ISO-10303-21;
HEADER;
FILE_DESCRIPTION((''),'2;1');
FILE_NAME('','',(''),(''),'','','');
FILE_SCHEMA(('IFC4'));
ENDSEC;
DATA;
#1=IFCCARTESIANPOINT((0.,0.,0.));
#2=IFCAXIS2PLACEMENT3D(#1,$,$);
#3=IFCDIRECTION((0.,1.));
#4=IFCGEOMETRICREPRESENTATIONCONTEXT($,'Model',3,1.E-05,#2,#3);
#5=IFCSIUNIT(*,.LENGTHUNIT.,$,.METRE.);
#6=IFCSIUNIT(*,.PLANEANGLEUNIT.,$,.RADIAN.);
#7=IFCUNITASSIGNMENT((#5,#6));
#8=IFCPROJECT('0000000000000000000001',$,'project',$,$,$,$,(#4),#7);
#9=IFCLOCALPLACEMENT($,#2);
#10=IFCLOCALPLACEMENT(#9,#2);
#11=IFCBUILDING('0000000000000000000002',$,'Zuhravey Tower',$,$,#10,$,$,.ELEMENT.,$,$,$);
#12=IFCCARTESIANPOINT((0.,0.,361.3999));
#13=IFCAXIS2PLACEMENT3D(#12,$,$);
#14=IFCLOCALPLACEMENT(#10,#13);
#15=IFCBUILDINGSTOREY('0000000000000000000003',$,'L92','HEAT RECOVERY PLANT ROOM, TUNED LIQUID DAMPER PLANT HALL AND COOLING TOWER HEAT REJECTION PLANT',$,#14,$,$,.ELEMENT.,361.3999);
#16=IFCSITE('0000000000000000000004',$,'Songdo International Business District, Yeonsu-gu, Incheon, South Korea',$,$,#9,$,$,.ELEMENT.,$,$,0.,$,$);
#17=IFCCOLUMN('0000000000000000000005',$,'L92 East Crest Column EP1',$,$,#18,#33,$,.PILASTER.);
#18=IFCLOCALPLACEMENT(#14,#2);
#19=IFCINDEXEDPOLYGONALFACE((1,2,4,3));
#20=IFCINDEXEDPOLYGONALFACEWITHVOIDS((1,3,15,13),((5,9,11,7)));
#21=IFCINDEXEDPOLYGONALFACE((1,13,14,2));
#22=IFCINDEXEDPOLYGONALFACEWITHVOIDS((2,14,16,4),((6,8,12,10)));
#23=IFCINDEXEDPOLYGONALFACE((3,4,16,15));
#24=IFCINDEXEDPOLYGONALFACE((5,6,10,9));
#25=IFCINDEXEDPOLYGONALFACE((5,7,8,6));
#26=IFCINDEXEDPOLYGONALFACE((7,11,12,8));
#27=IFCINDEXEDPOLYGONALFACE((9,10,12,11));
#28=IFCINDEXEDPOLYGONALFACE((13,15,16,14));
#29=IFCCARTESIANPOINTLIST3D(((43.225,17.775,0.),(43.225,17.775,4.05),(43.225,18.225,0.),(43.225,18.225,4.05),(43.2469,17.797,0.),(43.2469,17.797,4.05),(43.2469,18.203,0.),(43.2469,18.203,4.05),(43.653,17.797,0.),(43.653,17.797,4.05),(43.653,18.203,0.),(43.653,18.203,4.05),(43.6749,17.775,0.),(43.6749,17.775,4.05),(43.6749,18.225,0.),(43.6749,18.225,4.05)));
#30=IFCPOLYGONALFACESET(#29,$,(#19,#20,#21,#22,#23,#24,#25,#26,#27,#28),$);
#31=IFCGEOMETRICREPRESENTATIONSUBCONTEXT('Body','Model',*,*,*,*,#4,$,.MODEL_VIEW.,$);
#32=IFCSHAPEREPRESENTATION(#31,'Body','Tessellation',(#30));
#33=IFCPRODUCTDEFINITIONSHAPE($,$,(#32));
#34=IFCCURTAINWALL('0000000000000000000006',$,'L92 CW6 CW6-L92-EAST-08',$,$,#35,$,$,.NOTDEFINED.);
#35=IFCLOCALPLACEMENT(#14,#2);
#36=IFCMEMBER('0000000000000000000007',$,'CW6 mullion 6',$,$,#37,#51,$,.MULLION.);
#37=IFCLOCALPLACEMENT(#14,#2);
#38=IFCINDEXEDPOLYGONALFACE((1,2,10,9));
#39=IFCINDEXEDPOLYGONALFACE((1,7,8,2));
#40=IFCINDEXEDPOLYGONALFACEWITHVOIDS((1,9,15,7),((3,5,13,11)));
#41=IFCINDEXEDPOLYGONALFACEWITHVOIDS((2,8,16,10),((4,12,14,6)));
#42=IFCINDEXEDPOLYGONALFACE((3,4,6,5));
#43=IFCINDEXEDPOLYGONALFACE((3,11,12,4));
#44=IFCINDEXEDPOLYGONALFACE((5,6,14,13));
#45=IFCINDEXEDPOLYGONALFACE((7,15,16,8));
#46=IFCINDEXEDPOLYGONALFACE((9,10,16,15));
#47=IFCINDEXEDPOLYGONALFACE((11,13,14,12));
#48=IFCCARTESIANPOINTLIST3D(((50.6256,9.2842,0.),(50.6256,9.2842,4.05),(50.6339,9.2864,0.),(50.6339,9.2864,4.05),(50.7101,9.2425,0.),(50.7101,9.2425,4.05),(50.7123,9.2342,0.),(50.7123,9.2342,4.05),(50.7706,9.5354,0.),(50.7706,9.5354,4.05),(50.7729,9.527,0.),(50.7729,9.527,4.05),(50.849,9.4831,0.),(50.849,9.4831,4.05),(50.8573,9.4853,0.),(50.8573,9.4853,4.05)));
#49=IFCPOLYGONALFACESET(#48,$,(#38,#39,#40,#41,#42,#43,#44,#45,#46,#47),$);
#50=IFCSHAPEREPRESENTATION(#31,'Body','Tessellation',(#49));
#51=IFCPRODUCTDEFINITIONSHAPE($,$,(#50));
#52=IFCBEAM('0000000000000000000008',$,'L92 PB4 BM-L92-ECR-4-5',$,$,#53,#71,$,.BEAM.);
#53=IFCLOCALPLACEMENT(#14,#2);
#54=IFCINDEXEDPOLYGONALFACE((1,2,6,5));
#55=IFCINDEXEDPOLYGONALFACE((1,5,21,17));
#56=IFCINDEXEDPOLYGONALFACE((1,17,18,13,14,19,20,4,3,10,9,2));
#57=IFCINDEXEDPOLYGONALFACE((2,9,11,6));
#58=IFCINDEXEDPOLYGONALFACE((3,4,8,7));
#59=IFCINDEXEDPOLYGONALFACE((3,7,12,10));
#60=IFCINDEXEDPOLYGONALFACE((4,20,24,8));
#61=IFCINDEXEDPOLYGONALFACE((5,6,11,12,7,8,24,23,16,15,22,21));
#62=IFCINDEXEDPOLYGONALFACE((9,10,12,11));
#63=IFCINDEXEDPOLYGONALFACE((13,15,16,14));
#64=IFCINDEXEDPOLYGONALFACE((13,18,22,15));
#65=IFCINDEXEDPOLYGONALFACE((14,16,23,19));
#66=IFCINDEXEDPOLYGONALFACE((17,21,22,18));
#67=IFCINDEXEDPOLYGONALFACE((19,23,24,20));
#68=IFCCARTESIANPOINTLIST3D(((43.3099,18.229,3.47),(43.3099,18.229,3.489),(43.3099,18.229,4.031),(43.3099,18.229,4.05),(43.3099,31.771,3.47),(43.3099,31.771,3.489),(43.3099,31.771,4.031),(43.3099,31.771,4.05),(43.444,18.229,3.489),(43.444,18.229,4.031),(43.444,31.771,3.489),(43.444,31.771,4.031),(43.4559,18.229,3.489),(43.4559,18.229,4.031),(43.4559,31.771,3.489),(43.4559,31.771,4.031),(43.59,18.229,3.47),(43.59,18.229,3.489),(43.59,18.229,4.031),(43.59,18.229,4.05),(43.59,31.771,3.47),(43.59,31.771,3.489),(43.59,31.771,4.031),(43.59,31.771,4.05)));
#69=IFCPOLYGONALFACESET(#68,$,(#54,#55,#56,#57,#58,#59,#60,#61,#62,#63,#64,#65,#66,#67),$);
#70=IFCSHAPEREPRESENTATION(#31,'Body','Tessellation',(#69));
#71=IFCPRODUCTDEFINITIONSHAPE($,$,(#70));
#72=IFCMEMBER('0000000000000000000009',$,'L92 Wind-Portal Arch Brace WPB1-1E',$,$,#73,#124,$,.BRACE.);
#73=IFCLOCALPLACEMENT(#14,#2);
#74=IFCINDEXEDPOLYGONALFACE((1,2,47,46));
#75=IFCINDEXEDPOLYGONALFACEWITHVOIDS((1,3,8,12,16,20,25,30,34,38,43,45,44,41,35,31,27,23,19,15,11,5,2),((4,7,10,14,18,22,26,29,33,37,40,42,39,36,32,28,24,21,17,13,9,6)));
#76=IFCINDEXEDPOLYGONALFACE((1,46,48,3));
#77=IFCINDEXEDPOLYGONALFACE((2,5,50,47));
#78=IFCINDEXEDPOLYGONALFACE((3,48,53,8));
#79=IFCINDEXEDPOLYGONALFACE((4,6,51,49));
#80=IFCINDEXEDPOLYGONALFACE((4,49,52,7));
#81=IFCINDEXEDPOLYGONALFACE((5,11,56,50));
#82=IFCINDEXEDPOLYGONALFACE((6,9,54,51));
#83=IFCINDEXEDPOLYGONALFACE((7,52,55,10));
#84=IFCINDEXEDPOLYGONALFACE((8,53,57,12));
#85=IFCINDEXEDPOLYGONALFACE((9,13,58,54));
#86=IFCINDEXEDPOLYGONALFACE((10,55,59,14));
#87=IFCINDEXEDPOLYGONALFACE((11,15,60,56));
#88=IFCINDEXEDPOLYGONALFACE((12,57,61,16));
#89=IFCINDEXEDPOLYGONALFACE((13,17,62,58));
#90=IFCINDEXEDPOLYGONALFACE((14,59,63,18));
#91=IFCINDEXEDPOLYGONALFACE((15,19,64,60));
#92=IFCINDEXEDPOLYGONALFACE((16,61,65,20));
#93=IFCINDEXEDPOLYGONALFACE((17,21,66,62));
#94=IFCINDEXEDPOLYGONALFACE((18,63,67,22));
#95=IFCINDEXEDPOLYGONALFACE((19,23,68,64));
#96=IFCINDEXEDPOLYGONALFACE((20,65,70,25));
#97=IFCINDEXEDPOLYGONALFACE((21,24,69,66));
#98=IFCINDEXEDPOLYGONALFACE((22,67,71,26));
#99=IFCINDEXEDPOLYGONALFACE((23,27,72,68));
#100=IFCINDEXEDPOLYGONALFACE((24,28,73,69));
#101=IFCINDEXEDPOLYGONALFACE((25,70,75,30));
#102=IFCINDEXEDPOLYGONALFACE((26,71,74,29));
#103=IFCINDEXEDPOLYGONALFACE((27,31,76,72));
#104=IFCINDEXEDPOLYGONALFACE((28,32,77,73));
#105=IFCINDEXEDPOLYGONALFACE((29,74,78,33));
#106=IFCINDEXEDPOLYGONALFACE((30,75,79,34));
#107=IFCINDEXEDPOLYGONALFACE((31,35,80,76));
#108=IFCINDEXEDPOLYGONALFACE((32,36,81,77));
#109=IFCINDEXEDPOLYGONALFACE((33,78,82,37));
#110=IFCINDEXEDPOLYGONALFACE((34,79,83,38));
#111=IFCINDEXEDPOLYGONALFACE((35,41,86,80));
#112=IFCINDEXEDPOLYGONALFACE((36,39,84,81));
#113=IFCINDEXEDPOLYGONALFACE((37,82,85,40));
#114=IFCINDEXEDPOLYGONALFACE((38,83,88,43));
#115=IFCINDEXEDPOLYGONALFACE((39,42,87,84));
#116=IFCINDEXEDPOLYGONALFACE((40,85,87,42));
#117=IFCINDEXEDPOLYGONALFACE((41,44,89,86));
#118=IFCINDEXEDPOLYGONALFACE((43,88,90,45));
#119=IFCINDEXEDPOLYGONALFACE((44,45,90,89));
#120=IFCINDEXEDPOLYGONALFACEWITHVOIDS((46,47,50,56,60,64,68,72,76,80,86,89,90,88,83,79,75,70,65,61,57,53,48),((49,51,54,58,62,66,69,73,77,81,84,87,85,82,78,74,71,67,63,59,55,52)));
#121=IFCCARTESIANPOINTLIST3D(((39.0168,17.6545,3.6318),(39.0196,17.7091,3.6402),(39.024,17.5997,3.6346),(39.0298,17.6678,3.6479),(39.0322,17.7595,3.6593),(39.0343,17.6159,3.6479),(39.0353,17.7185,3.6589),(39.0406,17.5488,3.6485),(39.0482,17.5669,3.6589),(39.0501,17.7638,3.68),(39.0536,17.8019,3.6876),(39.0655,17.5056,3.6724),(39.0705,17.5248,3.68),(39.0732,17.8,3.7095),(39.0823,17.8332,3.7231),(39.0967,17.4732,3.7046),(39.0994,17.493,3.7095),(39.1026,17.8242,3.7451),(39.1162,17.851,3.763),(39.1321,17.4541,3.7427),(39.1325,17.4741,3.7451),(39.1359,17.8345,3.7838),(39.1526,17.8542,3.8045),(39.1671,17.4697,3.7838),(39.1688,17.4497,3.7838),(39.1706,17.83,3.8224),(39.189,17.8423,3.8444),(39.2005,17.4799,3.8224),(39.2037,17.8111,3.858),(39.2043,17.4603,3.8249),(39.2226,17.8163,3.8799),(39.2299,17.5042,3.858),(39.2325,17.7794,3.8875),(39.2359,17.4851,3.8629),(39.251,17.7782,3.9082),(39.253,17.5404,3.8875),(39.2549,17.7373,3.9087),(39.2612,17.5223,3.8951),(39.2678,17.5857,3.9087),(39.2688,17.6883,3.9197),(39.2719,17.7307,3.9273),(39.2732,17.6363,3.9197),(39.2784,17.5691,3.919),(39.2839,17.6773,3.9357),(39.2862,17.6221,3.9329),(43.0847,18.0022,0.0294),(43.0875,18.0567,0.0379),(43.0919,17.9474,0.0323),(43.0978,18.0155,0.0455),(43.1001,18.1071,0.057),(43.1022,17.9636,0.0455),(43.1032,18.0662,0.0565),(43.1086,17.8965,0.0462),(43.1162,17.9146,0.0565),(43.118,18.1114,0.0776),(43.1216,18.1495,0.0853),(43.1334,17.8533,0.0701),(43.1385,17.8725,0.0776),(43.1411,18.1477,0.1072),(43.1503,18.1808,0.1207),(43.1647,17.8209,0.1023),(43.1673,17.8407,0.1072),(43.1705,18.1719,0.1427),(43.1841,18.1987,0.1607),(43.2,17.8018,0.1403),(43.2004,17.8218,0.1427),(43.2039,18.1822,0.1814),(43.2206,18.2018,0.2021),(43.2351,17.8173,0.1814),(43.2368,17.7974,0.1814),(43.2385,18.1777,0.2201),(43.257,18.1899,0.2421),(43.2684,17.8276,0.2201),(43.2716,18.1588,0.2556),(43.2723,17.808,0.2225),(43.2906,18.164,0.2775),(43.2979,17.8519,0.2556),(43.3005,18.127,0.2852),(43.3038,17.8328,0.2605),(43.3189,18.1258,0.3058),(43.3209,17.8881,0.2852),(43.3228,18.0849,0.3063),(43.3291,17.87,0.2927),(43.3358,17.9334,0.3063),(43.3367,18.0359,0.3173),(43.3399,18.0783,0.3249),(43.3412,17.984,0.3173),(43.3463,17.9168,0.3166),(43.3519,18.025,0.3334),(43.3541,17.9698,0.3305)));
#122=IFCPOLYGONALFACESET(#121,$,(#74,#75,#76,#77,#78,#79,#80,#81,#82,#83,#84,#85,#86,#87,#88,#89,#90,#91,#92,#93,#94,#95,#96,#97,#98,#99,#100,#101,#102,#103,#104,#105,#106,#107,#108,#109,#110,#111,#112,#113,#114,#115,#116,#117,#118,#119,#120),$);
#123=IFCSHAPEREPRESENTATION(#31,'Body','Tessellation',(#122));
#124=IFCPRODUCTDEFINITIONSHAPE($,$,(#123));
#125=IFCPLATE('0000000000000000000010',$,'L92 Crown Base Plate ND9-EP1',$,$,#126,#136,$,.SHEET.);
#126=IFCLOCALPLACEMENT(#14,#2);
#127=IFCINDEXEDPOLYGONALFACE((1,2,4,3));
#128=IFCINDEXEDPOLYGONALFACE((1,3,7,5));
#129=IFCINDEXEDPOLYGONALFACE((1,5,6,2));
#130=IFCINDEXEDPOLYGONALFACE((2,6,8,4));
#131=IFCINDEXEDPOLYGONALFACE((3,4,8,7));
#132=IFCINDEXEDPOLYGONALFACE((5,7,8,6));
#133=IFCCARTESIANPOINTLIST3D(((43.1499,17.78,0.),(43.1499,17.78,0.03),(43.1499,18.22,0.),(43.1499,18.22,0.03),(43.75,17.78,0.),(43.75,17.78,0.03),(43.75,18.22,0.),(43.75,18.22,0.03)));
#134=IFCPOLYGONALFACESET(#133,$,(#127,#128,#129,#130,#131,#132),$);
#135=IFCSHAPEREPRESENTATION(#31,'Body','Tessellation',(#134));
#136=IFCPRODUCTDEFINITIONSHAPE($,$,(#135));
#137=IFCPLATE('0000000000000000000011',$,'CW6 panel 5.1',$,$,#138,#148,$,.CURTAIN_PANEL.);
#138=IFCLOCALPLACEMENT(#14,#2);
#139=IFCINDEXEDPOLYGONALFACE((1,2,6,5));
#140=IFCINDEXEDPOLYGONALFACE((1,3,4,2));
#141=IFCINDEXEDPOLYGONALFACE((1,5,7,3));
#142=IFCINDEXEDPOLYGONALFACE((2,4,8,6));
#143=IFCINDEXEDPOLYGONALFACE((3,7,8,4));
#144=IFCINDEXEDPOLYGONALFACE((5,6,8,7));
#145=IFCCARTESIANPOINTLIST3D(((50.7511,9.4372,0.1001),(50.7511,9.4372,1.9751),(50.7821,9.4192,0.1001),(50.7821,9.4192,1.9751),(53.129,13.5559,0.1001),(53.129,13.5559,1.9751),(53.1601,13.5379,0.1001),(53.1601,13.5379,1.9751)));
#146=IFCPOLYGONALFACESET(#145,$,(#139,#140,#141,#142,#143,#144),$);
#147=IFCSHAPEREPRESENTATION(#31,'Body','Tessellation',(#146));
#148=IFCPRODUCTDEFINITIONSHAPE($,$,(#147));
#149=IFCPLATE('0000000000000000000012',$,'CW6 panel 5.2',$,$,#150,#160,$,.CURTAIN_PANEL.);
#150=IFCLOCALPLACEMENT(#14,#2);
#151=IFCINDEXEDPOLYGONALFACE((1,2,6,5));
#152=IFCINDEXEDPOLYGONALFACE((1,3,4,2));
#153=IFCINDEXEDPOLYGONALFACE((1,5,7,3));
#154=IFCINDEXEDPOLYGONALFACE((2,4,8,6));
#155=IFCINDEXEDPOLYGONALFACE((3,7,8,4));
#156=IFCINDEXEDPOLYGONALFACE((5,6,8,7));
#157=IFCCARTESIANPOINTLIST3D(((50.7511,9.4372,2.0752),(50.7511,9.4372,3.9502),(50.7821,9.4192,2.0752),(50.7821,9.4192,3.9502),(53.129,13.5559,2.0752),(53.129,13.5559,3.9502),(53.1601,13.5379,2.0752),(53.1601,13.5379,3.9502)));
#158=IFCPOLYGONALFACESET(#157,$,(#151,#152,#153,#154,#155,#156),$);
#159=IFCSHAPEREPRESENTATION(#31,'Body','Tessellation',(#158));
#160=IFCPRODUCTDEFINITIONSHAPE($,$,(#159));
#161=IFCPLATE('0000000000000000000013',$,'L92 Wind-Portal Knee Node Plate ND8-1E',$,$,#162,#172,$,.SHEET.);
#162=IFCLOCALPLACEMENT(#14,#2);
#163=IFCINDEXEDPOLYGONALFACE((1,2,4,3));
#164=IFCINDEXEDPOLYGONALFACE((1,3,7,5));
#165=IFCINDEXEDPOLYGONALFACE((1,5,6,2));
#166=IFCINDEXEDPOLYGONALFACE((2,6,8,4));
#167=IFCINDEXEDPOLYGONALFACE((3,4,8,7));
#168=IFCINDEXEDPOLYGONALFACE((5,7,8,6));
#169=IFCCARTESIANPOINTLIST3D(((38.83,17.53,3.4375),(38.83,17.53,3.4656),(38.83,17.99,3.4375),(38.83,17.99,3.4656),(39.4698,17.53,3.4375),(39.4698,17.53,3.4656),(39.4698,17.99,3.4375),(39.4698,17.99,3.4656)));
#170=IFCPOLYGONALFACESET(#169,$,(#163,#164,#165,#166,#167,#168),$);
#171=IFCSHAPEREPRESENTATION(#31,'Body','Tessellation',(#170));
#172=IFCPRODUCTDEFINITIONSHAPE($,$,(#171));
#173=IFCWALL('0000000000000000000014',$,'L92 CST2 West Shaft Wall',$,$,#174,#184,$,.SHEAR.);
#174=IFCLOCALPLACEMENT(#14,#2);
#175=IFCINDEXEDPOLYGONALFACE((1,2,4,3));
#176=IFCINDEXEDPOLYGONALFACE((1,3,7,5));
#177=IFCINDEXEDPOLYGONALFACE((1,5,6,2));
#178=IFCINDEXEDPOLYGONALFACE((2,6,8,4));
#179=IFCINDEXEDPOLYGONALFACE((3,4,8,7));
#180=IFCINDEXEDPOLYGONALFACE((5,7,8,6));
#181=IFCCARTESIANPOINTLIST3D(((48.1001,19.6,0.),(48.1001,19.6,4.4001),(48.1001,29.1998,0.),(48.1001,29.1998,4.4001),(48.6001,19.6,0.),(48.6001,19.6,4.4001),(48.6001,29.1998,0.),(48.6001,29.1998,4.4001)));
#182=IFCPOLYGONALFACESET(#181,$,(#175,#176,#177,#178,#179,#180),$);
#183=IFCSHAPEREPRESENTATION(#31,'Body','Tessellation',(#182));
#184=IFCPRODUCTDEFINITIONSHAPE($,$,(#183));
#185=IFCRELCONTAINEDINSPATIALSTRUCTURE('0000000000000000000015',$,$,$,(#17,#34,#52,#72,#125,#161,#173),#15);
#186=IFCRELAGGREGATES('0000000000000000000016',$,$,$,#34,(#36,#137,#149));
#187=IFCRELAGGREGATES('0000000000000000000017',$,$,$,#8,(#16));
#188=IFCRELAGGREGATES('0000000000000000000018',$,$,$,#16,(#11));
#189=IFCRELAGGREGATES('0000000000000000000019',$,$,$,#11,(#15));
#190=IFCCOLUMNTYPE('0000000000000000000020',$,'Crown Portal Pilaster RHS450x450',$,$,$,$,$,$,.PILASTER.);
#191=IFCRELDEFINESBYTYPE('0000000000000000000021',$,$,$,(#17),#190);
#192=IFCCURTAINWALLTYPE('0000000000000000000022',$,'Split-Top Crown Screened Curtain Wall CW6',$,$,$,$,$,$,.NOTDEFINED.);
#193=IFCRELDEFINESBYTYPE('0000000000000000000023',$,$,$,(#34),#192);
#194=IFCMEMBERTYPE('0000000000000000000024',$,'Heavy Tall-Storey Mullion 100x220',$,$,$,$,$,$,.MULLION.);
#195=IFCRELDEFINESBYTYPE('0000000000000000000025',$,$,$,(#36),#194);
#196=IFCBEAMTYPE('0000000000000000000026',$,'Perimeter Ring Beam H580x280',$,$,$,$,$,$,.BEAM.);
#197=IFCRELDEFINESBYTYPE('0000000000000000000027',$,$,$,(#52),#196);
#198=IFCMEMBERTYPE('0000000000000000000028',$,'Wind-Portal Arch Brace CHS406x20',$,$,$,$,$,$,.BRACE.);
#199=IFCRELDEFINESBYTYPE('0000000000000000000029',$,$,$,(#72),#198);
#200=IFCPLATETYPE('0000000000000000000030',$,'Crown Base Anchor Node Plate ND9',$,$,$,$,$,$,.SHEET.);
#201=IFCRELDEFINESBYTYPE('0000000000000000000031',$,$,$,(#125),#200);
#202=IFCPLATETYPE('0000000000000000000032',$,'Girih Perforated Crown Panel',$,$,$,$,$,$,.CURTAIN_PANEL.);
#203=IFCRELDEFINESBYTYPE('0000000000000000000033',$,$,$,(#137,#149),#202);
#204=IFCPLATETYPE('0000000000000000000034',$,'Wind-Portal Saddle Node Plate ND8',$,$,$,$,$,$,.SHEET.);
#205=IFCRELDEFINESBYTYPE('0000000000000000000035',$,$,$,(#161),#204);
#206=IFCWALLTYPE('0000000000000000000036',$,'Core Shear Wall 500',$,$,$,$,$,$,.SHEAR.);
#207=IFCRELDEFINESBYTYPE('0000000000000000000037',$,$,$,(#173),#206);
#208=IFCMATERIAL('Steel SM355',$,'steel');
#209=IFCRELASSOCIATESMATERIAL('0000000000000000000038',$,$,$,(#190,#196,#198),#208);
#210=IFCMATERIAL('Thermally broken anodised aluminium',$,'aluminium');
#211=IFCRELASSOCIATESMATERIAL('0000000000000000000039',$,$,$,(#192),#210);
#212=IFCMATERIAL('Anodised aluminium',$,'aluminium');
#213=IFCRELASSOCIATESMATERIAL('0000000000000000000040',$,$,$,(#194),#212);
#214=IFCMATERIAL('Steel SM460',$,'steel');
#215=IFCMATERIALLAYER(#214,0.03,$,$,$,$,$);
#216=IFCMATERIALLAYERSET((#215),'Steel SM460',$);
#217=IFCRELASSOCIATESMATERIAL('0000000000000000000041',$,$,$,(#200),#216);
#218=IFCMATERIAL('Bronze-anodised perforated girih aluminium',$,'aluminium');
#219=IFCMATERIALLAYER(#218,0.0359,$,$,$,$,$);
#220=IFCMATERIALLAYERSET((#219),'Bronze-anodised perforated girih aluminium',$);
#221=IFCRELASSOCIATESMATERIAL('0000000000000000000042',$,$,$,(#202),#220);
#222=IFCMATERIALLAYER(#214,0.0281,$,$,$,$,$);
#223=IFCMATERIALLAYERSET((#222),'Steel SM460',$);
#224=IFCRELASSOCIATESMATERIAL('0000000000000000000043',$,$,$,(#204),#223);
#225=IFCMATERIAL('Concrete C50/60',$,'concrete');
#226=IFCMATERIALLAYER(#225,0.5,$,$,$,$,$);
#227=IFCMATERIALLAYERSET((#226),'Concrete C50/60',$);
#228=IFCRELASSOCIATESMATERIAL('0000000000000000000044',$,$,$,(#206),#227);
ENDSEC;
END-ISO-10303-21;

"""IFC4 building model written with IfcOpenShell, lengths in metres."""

from ifc_helpers import new_model, si_unit, direction, frame, frame_2d, origin, origin_2d, place, context, subcontext, project, spatial, rectangle, hollow_rectangle, hollow_circle, i_section, extrude, material, layer, layer_set, material_profile, profile_set, type_object, element, aggregate, save


model = new_model("IFC4")

# Units and contexts
model_context = context("Model", 3, precision=1e-05, world=origin(), true_north=direction((0.0, 1.0)))
body_context = subcontext(model_context, "Body", "Model", "MODEL_VIEW")
ifc_project = project(units=[si_unit("LENGTHUNIT", "METRE"), si_unit("PLANEANGLEUNIT", "RADIAN")], contexts=[model_context])

# Site, building, storey
site_placement = place(None, origin())
site = spatial("IfcSite", under=ifc_project, at=site_placement, Name="Songdo International Business District, Yeonsu-gu, Incheon, South Korea", CompositionType="ELEMENT", RefElevation=0.0)
building_placement = place(site_placement, origin())
building = spatial("IfcBuilding", under=site, at=building_placement, Name="Zuhravey Tower", CompositionType="ELEMENT")
storey_placement = place(building_placement, frame((0.0, 0.0, 361.3999)))
storey = spatial("IfcBuildingStorey", under=building, at=storey_placement, Name="L92", Description="HEAT RECOVERY PLANT ROOM, TUNED LIQUID DAMPER PLANT HALL AND COOLING TOWER HEAT REJECTION PLANT", CompositionType="ELEMENT", Elevation=361.3999)

# Column
ifc_material_1 = material(Name="Steel SM355", Category="steel")
ifc_material_profile_1 = material_profile(ifc_material_1, hollow_rectangle(XDim=0.45, YDim=0.45, WallThickness=0.022, at=origin_2d()), Name="RHS-450x450x22")
ifc_profile_set_1 = profile_set([ifc_material_profile_1], Name="Steel SM355")
column_type = type_object("IfcColumnType", Name="Crown Portal Pilaster RHS450x450", PredefinedType="PILASTER", material=ifc_profile_set_1)
column_placement = place(storey_placement, frame((43.45, 18.0, 0.0), z_axis=(0.0, 0.0, 1.0), x_axis=(1.0, 0.0, 0.0)))
element("IfcColumn", 1, at=column_placement, inside=storey, type_object=column_type, Name="L92 East Crest Column EP1", PredefinedType="PILASTER", context=body_context, shape_type="SweptSolid", body=[
    extrude(hollow_rectangle(XDim=0.45, YDim=0.45, WallThickness=0.022, at=origin_2d()), origin(), (0.0, 0.0, 1.0), 4.05),
])

# Curtain wall, member
ifc_material_2 = material(Name="Thermally broken anodised aluminium", Category="aluminium")
curtain_wall_type = type_object("IfcCurtainWallType", Name="Split-Top Crown Screened Curtain Wall CW6", PredefinedType="NOTDEFINED", material=ifc_material_2)
curtain_wall_placement = place(storey_placement, origin())
curtain_wall = element("IfcCurtainWall", 2, at=curtain_wall_placement, inside=storey, type_object=curtain_wall_type, Name="L92 CW6 CW6-L92-EAST-08", PredefinedType="NOTDEFINED")
ifc_material_3 = material(Name="Anodised aluminium", Category="aluminium")
ifc_material_profile_2 = material_profile(ifc_material_3, hollow_rectangle(XDim=0.1001, YDim=0.29, WallThickness=0.0061, at=origin_2d()), Name="ALU-RHS-100x290x6")
ifc_profile_set_2 = profile_set([ifc_material_profile_2], Name="Anodised aluminium")
member_type_1 = type_object("IfcMemberType", Name="Heavy Tall-Storey Mullion 100x220", PredefinedType="MULLION", material=ifc_profile_set_2)
member_1_placement = place(storey_placement, frame((50.7415, 9.3848, 0.0), z_axis=(0.0, 0.0, 1.0), x_axis=(0.866027, -0.499997, 0.0)))
member_1 = element("IfcMember", 3, at=member_1_placement, type_object=member_type_1, Name="CW6 mullion 6", PredefinedType="MULLION", context=body_context, shape_type="SweptSolid", body=[
    extrude(hollow_rectangle(XDim=0.1001, YDim=0.29, WallThickness=0.0061, at=origin_2d()), origin(), (0.0, 0.0, 1.0), 4.05),
])

# Beam
ifc_material_profile_3 = material_profile(ifc_material_1, i_section(OverallWidth=0.28, OverallDepth=0.5801, WebThickness=0.012, FlangeThickness=0.019, at=origin_2d()), Name="H-580x280x12x19")
ifc_profile_set_3 = profile_set([ifc_material_profile_3], Name="Steel SM355")
beam_type = type_object("IfcBeamType", Name="Perimeter Ring Beam H580x280", PredefinedType="BEAM", material=ifc_profile_set_3)
beam_placement = place(storey_placement, frame((43.45, 18.229, 3.76), z_axis=(0.0, 1.0, 0.0), x_axis=(-1.0, 0.0, 0.0)))
element("IfcBeam", 4, at=beam_placement, inside=storey, type_object=beam_type, Name="L92 PB4 BM-L92-ECR-4-5", PredefinedType="BEAM", context=body_context, shape_type="SweptSolid", body=[
    extrude(i_section(OverallWidth=0.28, OverallDepth=0.5801, WebThickness=0.012, FlangeThickness=0.019, at=origin_2d()), origin(), (0.0, 0.0, 1.0), 13.542),
])

# Member
ifc_material_profile_4 = material_profile(ifc_material_1, hollow_circle(Radius=0.2031, WallThickness=0.02, at=origin_2d()), Name="CHS-406.4x20")
ifc_profile_set_4 = profile_set([ifc_material_profile_4], Name="Steel SM355")
member_type_2 = type_object("IfcMemberType", Name="Wind-Portal Arch Brace CHS406x20", PredefinedType="BRACE", material=ifc_profile_set_4)
member_2_placement = place(storey_placement, frame((43.2195, 17.9998, 0.1814), z_axis=(-0.747122, -0.063852, 0.661613), x_axis=(0.085154, -0.996368, 0.0)))
element("IfcMember", 5, at=member_2_placement, inside=storey, type_object=member_type_2, Name="L92 Wind-Portal Arch Brace WPB1-1E", PredefinedType="BRACE", context=body_context, shape_type="SweptSolid", body=[
    extrude(hollow_circle(Radius=0.2031, WallThickness=0.02, at=origin_2d()), origin(), (0.0, 0.0, 1.0), 5.4448),
])

# Plates
ifc_material_4 = material(Name="Steel SM460", Category="steel")
ifc_layer_1 = layer(ifc_material_4, 0.03)
ifc_layer_set_1 = layer_set([ifc_layer_1], Name="Steel SM460")
plate_type_1 = type_object("IfcPlateType", Name="Crown Base Anchor Node Plate ND9", PredefinedType="SHEET", material=ifc_layer_set_1)
plate_1_placement = place(storey_placement, frame((43.45, 18.0, 0.0), z_axis=(0.0, 0.0, 1.0), x_axis=(1.0, 0.0, 0.0)))
element("IfcPlate", 6, at=plate_1_placement, inside=storey, type_object=plate_type_1, Name="L92 Crown Base Plate ND9-EP1", PredefinedType="SHEET", context=body_context, shape_type="SweptSolid", body=[
    extrude(rectangle(XDim=0.6001, YDim=0.4399, at=origin_2d()), origin(), (0.0, 0.0, 1.0), 0.03),
])
ifc_material_5 = material(Name="Bronze-anodised perforated girih aluminium", Category="aluminium")
ifc_layer_2 = layer(ifc_material_5, 0.0359)
ifc_layer_set_2 = layer_set([ifc_layer_2], Name="Bronze-anodised perforated girih aluminium")
plate_type_2 = type_object("IfcPlateType", Name="Girih Perforated Crown Panel", PredefinedType="CURTAIN_PANEL", material=ifc_layer_set_2)
plate_2_placement = place(storey_placement, frame((51.9556, 11.4875, 0.1001), z_axis=(0.0, 0.0, 1.0), x_axis=(-0.499997, -0.866027, 0.0)))
plate_2 = element("IfcPlate", 7, at=plate_2_placement, type_object=plate_type_2, Name="CW6 panel 5.1", PredefinedType="CURTAIN_PANEL", context=body_context, shape_type="SweptSolid", body=[
    extrude(rectangle(XDim=4.7559, YDim=0.0359, at=origin_2d()), origin(), (0.0, 0.0, 1.0), 1.875),
])
plate_3_placement = place(storey_placement, frame((51.9556, 11.4875, 2.0752), z_axis=(0.0, 0.0, 1.0), x_axis=(-0.499997, -0.866027, 0.0)))
plate_3 = element("IfcPlate", 8, at=plate_3_placement, type_object=plate_type_2, Name="CW6 panel 5.2", PredefinedType="CURTAIN_PANEL", context=body_context, shape_type="SweptSolid", body=[
    extrude(rectangle(XDim=4.7559, YDim=0.0359, at=origin_2d()), origin(), (0.0, 0.0, 1.0), 1.875),
])
aggregate(curtain_wall, [member_1, plate_2, plate_3])
ifc_layer_3 = layer(ifc_material_4, 0.0281)
ifc_layer_set_3 = layer_set([ifc_layer_3], Name="Steel SM460")
plate_type_3 = type_object("IfcPlateType", Name="Wind-Portal Saddle Node Plate ND8", PredefinedType="SHEET", material=ifc_layer_set_3)
plate_4_placement = place(storey_placement, frame((39.1499, 17.76, 3.4375), z_axis=(0.0, 0.0, 1.0), x_axis=(1.0, 0.0, 0.0)))
element("IfcPlate", 9, at=plate_4_placement, inside=storey, type_object=plate_type_3, Name="L92 Wind-Portal Knee Node Plate ND8-1E", PredefinedType="SHEET", context=body_context, shape_type="SweptSolid", body=[
    extrude(rectangle(XDim=0.6399, YDim=0.46, at=origin_2d()), origin(), (0.0, 0.0, 1.0), 0.0281),
])

# Shared definitions
ifc_material_6 = material(Name="Concrete C50/60", Category="concrete")
ifc_layer_4 = layer(ifc_material_6, 0.5)
ifc_layer_set_4 = layer_set([ifc_layer_4], Name="Concrete C50/60")
wall_type_1 = type_object("IfcWallType", Name="Core Shear Wall 500", PredefinedType="SHEAR", material=ifc_layer_set_4)

# Wall
wall_1_placement = place(storey_placement, frame((48.3501, 19.6001, 0.0), z_axis=(0.0, 0.0, 1.0), x_axis=(0.0, 1.0, 0.0)))
element("IfcWall", 10, at=wall_1_placement, inside=storey, type_object=wall_type_1, Name="L92 CST2 West Shaft Wall", PredefinedType="SHEAR", context=body_context, shape_type="SweptSolid", body=[
    extrude(rectangle(XDim=9.5999, YDim=0.5, at=frame_2d((4.7998, 0.0))), origin(), (0.0, 0.0, 1.0), 4.4001),
])

save(model, "model.ifc")
